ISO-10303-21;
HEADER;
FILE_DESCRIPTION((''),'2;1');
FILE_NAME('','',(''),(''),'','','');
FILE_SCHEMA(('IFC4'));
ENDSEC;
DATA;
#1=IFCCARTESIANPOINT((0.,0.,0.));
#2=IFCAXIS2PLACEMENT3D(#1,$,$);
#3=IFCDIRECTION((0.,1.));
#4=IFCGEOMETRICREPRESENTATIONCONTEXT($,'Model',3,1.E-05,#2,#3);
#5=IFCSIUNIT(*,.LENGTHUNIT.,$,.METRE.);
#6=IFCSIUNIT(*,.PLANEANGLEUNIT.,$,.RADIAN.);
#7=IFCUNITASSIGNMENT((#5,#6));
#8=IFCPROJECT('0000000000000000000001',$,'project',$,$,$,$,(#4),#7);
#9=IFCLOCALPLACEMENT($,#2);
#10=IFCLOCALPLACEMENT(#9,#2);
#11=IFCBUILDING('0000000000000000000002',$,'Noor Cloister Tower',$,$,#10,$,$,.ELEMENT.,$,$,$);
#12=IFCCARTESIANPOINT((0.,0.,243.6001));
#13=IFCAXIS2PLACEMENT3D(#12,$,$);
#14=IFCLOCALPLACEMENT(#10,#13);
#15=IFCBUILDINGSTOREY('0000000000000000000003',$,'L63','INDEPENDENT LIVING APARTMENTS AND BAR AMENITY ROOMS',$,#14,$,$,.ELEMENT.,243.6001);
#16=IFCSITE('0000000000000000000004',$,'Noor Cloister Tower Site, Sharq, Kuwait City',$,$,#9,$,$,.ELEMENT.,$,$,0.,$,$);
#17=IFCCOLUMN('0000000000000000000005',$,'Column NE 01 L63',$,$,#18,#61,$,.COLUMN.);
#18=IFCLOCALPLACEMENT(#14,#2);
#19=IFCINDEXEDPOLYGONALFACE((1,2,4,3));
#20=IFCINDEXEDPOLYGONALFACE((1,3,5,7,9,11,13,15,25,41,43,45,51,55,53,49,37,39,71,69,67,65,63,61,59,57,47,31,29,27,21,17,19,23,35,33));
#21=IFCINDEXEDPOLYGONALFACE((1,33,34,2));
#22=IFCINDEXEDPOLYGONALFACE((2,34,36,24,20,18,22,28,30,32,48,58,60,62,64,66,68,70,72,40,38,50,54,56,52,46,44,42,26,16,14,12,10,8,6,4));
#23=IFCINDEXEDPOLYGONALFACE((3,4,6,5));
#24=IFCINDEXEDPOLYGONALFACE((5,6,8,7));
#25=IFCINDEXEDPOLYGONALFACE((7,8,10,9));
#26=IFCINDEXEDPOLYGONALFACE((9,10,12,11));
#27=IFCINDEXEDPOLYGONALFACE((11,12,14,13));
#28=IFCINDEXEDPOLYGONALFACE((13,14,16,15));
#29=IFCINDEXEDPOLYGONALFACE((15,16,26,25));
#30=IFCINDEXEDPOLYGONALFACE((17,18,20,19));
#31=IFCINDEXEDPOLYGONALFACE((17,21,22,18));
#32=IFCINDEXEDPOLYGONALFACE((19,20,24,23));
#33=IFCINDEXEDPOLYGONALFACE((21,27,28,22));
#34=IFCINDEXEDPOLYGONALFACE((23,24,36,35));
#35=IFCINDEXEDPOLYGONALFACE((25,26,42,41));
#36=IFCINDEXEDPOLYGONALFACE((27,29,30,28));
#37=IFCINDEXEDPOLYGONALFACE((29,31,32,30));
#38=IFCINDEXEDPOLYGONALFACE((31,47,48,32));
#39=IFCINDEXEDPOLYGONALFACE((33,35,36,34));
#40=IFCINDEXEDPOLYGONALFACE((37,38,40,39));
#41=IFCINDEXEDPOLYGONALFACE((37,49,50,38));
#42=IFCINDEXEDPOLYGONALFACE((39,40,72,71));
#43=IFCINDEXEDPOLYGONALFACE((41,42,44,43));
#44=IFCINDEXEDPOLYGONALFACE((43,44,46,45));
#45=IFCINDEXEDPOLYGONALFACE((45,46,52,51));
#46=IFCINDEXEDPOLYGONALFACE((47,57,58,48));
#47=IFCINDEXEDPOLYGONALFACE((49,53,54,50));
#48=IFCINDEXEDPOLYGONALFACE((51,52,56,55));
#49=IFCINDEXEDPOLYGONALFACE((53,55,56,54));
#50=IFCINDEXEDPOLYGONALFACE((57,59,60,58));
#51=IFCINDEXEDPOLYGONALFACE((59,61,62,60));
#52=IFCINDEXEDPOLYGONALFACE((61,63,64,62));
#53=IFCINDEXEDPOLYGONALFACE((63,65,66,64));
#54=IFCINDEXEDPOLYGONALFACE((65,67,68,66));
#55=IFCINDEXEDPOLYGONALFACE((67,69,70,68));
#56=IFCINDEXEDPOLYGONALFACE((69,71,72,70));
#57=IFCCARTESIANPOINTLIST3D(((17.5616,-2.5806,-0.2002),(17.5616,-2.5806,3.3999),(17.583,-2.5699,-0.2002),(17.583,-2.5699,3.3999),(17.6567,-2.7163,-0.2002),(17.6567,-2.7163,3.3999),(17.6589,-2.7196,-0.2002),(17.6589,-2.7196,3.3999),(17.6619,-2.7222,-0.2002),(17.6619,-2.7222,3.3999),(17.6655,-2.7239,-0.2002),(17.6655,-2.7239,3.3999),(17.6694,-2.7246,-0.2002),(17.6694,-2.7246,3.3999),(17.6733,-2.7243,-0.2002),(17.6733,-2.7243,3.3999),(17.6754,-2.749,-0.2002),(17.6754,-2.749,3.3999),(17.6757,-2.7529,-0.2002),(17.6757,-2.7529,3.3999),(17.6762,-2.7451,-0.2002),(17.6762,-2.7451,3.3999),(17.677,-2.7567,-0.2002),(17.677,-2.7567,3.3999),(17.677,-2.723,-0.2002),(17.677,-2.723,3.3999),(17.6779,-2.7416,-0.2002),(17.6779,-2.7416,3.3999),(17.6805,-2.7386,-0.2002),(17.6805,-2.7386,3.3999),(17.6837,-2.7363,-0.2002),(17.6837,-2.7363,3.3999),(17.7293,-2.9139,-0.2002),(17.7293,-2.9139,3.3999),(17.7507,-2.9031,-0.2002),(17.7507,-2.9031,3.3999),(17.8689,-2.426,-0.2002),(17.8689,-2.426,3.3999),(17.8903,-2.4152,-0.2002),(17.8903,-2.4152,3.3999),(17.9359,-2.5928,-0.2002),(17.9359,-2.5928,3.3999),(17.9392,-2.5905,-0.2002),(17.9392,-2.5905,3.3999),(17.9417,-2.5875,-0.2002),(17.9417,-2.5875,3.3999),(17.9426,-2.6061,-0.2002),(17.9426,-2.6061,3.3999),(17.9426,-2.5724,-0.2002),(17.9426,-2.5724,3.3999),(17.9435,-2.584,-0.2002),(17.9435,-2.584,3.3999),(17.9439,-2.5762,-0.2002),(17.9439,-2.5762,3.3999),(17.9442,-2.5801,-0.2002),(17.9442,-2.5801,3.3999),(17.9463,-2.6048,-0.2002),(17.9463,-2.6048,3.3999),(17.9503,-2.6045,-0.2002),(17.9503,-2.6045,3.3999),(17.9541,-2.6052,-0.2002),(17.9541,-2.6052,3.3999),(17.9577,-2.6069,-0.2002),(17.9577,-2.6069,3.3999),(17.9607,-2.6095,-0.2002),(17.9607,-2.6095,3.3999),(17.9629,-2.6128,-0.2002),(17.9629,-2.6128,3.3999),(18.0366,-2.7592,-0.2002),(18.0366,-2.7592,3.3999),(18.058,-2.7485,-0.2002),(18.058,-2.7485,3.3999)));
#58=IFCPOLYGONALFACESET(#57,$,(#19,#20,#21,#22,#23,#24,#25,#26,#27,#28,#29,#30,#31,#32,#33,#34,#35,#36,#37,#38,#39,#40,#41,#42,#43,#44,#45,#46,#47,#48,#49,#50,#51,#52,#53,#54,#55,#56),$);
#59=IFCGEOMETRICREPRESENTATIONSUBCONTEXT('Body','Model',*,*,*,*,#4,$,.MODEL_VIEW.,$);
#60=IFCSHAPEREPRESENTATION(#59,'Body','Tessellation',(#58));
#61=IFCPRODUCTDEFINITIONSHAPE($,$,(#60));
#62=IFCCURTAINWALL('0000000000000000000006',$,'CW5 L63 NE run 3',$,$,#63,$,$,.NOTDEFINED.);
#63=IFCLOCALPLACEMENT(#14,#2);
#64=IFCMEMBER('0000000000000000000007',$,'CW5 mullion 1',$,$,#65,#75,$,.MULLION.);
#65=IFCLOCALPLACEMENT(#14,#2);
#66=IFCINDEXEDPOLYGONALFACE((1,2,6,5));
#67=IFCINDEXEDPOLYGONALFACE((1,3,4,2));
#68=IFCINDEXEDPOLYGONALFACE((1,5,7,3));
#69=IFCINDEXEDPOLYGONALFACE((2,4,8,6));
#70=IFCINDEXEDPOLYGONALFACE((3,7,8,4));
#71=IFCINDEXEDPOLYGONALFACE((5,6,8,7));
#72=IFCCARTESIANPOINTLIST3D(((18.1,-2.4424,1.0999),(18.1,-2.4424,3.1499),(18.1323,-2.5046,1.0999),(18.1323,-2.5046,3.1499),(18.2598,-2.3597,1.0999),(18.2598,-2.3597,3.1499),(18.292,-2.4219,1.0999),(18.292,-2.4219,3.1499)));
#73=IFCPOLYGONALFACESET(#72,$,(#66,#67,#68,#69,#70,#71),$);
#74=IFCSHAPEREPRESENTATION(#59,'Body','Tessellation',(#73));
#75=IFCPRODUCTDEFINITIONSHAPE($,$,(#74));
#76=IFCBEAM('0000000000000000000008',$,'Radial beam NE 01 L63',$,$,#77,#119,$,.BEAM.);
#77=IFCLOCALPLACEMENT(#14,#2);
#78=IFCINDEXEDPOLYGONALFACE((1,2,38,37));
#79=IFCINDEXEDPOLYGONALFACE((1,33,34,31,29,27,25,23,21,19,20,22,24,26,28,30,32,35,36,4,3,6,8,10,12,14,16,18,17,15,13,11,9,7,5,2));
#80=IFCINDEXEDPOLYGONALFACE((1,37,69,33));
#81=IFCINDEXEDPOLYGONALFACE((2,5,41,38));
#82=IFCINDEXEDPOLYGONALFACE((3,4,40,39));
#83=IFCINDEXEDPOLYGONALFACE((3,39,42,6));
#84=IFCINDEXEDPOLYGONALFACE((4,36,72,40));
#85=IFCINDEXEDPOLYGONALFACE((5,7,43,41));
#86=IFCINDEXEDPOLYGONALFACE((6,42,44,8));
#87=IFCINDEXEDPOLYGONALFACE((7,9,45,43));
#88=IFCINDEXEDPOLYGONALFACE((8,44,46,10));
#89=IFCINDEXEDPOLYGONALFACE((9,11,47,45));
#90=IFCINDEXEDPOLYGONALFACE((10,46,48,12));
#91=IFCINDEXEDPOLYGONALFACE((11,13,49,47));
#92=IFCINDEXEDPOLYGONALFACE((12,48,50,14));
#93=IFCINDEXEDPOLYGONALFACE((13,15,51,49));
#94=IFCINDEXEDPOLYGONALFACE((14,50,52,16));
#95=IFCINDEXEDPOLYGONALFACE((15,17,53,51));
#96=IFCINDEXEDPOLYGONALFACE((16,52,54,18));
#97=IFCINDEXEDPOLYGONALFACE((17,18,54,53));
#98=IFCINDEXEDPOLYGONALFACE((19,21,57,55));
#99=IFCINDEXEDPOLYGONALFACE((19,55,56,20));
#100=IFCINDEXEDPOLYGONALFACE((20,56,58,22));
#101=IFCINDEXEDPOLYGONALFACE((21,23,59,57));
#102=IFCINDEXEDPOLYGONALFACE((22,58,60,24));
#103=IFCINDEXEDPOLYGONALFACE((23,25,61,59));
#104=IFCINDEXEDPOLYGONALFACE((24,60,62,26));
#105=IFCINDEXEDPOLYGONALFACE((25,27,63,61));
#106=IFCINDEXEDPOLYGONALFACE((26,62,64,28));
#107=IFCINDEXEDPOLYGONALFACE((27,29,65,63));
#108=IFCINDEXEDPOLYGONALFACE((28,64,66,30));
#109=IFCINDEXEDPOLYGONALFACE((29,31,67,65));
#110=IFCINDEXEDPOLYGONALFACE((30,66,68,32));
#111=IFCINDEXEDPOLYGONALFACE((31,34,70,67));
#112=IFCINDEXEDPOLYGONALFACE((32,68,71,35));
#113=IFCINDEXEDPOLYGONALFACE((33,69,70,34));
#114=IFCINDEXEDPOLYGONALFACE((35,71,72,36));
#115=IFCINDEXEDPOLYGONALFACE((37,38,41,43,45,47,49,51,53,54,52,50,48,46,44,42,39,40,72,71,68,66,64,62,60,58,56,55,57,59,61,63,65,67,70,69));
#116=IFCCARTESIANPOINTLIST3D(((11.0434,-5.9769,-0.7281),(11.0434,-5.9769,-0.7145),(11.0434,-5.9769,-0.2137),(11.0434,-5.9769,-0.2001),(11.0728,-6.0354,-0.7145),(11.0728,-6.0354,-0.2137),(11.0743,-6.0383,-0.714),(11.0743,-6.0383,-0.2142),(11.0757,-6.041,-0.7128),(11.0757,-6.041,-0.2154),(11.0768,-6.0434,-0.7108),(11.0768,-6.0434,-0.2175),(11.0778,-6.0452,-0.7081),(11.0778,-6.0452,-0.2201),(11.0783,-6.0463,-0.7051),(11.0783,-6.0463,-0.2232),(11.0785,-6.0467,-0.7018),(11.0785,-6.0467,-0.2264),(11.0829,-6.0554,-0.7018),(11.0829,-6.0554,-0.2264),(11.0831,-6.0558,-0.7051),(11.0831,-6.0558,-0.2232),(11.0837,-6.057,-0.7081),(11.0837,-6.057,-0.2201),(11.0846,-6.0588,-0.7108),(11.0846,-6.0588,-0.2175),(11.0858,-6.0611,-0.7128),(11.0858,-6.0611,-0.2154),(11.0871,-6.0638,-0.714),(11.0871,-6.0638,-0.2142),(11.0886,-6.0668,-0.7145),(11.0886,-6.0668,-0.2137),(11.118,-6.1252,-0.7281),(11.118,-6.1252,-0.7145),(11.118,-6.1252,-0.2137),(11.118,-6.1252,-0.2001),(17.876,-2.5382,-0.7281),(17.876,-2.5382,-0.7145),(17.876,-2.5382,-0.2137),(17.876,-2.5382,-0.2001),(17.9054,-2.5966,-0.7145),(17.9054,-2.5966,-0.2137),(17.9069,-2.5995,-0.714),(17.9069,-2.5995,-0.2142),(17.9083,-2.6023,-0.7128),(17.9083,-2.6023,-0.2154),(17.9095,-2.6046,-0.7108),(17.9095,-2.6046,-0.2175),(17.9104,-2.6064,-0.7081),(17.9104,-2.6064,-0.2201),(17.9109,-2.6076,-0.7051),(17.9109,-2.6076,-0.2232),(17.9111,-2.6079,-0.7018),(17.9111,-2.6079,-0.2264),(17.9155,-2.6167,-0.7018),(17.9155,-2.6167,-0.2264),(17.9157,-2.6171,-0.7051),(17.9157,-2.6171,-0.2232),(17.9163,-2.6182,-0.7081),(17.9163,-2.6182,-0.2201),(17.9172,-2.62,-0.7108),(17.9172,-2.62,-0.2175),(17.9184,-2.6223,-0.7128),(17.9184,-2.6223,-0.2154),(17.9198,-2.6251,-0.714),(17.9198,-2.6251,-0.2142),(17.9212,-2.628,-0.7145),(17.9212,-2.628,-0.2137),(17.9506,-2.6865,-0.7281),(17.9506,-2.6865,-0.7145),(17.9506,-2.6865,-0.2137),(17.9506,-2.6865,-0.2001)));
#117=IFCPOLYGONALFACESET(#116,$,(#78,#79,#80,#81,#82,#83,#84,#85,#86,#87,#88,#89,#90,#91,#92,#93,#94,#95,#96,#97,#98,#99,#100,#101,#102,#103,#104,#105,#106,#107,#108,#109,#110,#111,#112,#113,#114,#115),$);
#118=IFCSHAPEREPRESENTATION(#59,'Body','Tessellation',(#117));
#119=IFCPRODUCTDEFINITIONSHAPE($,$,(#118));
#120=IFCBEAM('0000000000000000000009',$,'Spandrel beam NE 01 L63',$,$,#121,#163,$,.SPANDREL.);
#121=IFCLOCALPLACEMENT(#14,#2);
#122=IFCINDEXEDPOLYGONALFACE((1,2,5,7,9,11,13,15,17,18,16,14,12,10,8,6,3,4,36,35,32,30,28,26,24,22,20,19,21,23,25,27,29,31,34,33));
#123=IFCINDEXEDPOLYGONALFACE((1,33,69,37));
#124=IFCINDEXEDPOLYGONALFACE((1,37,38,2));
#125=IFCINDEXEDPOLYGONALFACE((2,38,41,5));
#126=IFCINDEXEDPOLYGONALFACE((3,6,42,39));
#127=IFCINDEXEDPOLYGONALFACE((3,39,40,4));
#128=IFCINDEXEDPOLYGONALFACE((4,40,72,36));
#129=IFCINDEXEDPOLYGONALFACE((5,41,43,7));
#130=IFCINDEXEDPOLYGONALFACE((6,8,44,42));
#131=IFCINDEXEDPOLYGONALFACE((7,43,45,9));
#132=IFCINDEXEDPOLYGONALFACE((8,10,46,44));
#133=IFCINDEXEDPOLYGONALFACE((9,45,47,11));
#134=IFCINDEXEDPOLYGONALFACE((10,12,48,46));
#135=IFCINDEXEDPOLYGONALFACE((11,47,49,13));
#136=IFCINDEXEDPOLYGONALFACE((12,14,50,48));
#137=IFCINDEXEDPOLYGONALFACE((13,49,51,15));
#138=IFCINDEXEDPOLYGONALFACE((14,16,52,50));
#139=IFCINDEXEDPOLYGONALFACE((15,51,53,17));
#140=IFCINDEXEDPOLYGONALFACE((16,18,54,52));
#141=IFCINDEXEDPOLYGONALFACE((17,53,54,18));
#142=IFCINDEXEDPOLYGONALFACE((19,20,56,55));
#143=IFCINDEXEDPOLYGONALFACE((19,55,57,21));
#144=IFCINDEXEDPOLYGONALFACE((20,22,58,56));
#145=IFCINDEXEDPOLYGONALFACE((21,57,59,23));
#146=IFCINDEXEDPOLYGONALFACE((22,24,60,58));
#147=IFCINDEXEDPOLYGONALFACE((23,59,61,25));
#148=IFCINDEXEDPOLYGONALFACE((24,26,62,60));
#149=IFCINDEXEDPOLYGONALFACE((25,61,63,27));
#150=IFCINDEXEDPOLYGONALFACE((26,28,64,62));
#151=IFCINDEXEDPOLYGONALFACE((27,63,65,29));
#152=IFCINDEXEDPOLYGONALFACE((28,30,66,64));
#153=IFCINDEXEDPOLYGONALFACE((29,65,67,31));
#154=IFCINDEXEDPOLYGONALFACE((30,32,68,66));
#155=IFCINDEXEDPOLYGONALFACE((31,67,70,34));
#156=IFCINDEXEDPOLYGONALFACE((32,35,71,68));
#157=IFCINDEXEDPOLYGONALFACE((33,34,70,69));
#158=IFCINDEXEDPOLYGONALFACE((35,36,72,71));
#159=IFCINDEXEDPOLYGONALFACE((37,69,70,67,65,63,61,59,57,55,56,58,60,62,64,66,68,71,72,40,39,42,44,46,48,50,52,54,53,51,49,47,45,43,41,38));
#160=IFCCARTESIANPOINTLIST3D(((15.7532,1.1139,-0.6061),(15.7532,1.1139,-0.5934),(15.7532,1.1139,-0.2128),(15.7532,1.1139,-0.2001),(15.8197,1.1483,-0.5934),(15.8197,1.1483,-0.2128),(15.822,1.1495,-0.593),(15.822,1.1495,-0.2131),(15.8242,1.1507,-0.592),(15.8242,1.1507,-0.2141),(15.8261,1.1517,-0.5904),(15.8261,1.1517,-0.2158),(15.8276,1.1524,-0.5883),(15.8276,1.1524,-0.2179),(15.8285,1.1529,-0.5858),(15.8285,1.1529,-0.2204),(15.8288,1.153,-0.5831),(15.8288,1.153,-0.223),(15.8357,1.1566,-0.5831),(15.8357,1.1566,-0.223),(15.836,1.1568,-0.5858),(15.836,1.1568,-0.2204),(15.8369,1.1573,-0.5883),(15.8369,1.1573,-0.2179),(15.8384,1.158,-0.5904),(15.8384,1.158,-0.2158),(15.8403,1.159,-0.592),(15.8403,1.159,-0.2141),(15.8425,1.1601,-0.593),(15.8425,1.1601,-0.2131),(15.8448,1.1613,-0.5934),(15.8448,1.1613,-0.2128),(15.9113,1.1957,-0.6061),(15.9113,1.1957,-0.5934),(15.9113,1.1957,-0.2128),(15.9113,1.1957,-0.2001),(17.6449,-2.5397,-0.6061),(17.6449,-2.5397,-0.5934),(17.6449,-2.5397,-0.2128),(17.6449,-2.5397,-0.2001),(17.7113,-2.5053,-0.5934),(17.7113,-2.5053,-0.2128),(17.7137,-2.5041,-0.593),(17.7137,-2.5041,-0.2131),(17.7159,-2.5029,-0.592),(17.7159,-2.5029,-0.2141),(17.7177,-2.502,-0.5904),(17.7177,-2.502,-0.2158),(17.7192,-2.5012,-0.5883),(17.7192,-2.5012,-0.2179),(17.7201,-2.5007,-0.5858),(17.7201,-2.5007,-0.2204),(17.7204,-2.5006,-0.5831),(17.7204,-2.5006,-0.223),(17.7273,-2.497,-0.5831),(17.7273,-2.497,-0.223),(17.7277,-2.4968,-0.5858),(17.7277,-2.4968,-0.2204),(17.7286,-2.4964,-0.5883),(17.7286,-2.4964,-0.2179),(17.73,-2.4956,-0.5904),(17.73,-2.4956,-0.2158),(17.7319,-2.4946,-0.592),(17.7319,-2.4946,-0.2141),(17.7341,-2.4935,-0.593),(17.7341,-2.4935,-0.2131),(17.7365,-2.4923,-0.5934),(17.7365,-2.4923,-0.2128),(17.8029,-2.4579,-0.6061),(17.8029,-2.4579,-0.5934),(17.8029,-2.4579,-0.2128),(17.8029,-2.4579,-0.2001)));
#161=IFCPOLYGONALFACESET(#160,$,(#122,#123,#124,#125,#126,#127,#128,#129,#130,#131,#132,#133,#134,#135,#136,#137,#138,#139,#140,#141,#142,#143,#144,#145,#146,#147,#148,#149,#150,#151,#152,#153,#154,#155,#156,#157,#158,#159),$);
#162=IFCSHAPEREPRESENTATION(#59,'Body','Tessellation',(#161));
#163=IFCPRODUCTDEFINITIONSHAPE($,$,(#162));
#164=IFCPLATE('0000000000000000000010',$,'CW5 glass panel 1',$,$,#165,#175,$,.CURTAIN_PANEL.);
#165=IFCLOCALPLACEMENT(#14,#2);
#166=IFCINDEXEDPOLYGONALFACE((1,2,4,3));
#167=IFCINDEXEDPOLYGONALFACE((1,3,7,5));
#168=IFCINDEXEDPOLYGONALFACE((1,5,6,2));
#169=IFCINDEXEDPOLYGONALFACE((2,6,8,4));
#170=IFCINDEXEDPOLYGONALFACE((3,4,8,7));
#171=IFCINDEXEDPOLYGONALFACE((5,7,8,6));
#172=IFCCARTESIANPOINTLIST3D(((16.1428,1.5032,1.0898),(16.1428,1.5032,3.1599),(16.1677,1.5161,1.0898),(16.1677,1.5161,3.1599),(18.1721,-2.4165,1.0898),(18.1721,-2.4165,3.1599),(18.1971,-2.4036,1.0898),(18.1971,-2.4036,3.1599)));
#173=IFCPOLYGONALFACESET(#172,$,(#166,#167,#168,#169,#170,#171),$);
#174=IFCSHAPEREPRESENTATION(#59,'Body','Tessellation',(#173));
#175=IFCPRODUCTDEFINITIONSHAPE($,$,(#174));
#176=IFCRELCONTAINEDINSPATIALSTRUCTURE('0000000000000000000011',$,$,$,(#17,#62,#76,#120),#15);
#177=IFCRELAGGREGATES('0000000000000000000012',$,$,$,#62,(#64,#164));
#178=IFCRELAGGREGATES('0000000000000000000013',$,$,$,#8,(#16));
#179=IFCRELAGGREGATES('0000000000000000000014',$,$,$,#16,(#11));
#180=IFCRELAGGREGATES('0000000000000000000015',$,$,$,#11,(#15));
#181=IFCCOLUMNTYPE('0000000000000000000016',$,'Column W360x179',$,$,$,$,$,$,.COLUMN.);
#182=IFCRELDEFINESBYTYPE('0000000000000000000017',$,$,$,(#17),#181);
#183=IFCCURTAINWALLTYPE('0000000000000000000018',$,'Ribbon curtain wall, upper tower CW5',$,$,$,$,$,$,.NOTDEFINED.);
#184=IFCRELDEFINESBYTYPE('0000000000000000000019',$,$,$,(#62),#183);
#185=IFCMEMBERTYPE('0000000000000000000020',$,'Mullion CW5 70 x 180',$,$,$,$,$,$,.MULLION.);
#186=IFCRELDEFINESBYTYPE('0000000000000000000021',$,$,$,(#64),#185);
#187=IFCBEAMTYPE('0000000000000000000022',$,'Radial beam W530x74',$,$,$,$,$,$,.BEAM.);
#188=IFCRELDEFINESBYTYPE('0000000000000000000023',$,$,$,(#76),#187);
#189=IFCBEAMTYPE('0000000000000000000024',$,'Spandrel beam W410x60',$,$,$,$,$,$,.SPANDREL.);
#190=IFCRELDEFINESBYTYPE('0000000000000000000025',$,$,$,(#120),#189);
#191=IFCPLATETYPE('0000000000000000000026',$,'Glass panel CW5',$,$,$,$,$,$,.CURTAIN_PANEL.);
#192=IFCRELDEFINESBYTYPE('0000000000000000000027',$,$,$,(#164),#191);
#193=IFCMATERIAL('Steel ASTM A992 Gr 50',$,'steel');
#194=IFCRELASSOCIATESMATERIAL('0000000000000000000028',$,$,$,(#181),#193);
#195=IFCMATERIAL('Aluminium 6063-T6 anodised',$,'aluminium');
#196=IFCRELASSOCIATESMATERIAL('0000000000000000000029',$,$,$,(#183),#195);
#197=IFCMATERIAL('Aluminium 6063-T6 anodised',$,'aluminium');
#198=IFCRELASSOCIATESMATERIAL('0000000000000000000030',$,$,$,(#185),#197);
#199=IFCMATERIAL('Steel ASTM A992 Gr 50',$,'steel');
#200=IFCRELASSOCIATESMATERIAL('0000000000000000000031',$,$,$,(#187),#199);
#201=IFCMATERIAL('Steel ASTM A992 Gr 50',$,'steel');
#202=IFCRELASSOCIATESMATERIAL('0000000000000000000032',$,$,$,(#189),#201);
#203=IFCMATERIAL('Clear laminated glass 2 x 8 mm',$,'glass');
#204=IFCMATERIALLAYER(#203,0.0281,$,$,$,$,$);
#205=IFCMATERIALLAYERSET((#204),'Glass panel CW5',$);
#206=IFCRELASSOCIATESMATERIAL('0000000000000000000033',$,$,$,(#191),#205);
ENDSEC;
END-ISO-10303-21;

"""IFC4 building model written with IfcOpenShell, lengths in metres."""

from ifc_helpers import new_model, si_unit, direction, frame, origin, origin_2d, place, context, subcontext, project, spatial, rectangle, i_section, extrude, material, layer, layer_set, material_profile, profile_set, type_object, element, aggregate, save


model = new_model("IFC4")

# Units and contexts
model_context = context("Model", 3, precision=1e-05, world=origin(), true_north=direction((0.0, 1.0)))
body_context = subcontext(model_context, "Body", "Model", "MODEL_VIEW")
ifc_project = project(units=[si_unit("LENGTHUNIT", "METRE"), si_unit("PLANEANGLEUNIT", "RADIAN")], contexts=[model_context])

# Site, building, storey
site_placement = place(None, origin())
site = spatial("IfcSite", under=ifc_project, at=site_placement, Name="Noor Cloister Tower Site, Sharq, Kuwait City", CompositionType="ELEMENT", RefElevation=0.0)
building_placement = place(site_placement, origin())
building = spatial("IfcBuilding", under=site, at=building_placement, Name="Noor Cloister Tower", CompositionType="ELEMENT")
storey_placement = place(building_placement, frame((0.0, 0.0, 243.6001)))
storey = spatial("IfcBuildingStorey", under=building, at=storey_placement, Name="L63", Description="INDEPENDENT LIVING APARTMENTS AND BAR AMENITY ROOMS", CompositionType="ELEMENT", Elevation=243.6001)

# Column
ifc_material_1 = material(Name="Steel ASTM A992 Gr 50", Category="steel")
ifc_material_profile_1 = material_profile(ifc_material_1, i_section(OverallWidth=0.373, OverallDepth=0.3679, WebThickness=0.0149, FlangeThickness=0.0239, FilletRadius=0.0151, at=origin_2d()), Name="W360x179")
ifc_profile_set_1 = profile_set([ifc_material_profile_1], Name="Steel ASTM A992 Gr 50")
column_type = type_object("IfcColumnType", Name="Column W360x179", PredefinedType="COLUMN", material=ifc_profile_set_1)
column_placement = place(storey_placement, frame((17.8098, -2.6646, -0.2002), z_axis=(0.0, 0.0, 1.0), x_axis=(-0.449568, 0.893246, 0.0)))
element("IfcColumn", 1, at=column_placement, inside=storey, type_object=column_type, Name="Column NE 01 L63", PredefinedType="COLUMN", context=body_context, shape_type="SweptSolid", body=[
    extrude(i_section(OverallWidth=0.373, OverallDepth=0.3679, WebThickness=0.0149, FlangeThickness=0.0239, FilletRadius=0.0151, at=origin_2d()), origin(), (0.0, 0.0, 1.0), 3.6001),
])

# Curtain wall, member
ifc_material_2 = material(Name="Aluminium 6063-T6 anodised", Category="aluminium")
curtain_wall_type = type_object("IfcCurtainWallType", Name="Ribbon curtain wall, upper tower CW5", PredefinedType="NOTDEFINED", material=ifc_material_2)
curtain_wall_placement = place(storey_placement, origin())
curtain_wall = element("IfcCurtainWall", 2, at=curtain_wall_placement, inside=storey, type_object=curtain_wall_type, Name="CW5 L63 NE run 3", PredefinedType="NOTDEFINED")
ifc_material_3 = material(Name="Aluminium 6063-T6 anodised", Category="aluminium")
ifc_material_profile_2 = material_profile(ifc_material_3, rectangle(XDim=0.1799, YDim=0.0701, at=origin_2d()), Name="180 x 70 mullion")
ifc_profile_set_2 = profile_set([ifc_material_profile_2], Name="Aluminium 6063-T6 anodised")
member_type = type_object("IfcMemberType", Name="Mullion CW5 70 x 180", PredefinedType="MULLION", material=ifc_profile_set_2)
member_placement = place(storey_placement, frame((18.196, -2.4321, 1.0999), z_axis=(0.0, 0.0, 1.0), x_axis=(-0.888034, -0.459778, 0.0)))
member = element("IfcMember", 3, at=member_placement, type_object=member_type, Name="CW5 mullion 1", PredefinedType="MULLION", context=body_context, shape_type="SweptSolid", body=[
    extrude(rectangle(XDim=0.1799, YDim=0.0701, at=origin_2d()), origin(), (0.0, 0.0, 1.0), 2.05),
])

# Beams
ifc_material_4 = material(Name="Steel ASTM A992 Gr 50", Category="steel")
ifc_material_profile_3 = material_profile(ifc_material_4, i_section(OverallWidth=0.166, OverallDepth=0.5281, WebThickness=0.0098, FlangeThickness=0.0137, FilletRadius=0.0127, at=origin_2d()), Name="W530x74")
ifc_profile_set_3 = profile_set([ifc_material_profile_3], Name="Steel ASTM A992 Gr 50")
beam_type_1 = type_object("IfcBeamType", Name="Radial beam W530x74", PredefinedType="BEAM", material=ifc_profile_set_3)
beam_1_placement = place(storey_placement, frame((17.9133, -2.6123, -0.4641), z_axis=(-0.89325, -0.449561, 0.0), x_axis=(0.449561, -0.89325, 0.0)))
element("IfcBeam", 4, at=beam_1_placement, inside=storey, type_object=beam_type_1, Name="Radial beam NE 01 L63", PredefinedType="BEAM", context=body_context, shape_type="SweptSolid", body=[
    extrude(i_section(OverallWidth=0.166, OverallDepth=0.5281, WebThickness=0.0098, FlangeThickness=0.0137, FilletRadius=0.0127, at=origin_2d()), origin(), (0.0, 0.0, 1.0), 7.6492),
])
ifc_material_5 = material(Name="Steel ASTM A992 Gr 50", Category="steel")
ifc_material_profile_4 = material_profile(ifc_material_5, i_section(OverallWidth=0.178, OverallDepth=0.406, WebThickness=0.0078, FlangeThickness=0.0127, FilletRadius=0.0103, at=origin_2d()), Name="W410x60")
ifc_profile_set_4 = profile_set([ifc_material_profile_4], Name="Steel ASTM A992 Gr 50")
beam_type_2 = type_object("IfcBeamType", Name="Spandrel beam W410x60", PredefinedType="SPANDREL", material=ifc_profile_set_4)
beam_2_placement = place(storey_placement, frame((17.7239, -2.4988, -0.4031), z_axis=(-0.459773, 0.888036, 0.0), x_axis=(-0.888036, -0.459773, 0.0)))
element("IfcBeam", 5, at=beam_2_placement, inside=storey, type_object=beam_type_2, Name="Spandrel beam NE 01 L63", PredefinedType="SPANDREL", context=body_context, shape_type="SweptSolid", body=[
    extrude(i_section(OverallWidth=0.178, OverallDepth=0.406, WebThickness=0.0078, FlangeThickness=0.0127, FilletRadius=0.0103, at=origin_2d()), origin(), (0.0, 0.0, 1.0), 4.1143),
])

# Plate
ifc_material_6 = material(Name="Clear laminated glass 2 x 8 mm", Category="glass")
ifc_layer_1 = layer(ifc_material_6, 0.0281)
ifc_layer_set_1 = layer_set([ifc_layer_1], Name="Glass panel CW5")
plate_type = type_object("IfcPlateType", Name="Glass panel CW5", PredefinedType="CURTAIN_PANEL", material=ifc_layer_set_1)
plate_placement = place(storey_placement, frame((17.1699, -0.4502, 1.0898), z_axis=(0.0, 0.0, 1.0), x_axis=(-0.459778, 0.888034, 0.0)))
plate = element("IfcPlate", 6, at=plate_placement, type_object=plate_type, Name="CW5 glass panel 1", PredefinedType="CURTAIN_PANEL", context=body_context, shape_type="SweptSolid", body=[
    extrude(rectangle(XDim=4.4138, YDim=0.0281, at=origin_2d()), origin(), (0.0, 0.0, 1.0), 2.0701),
])
aggregate(curtain_wall, [member, plate])

save(model, "model.ifc")
